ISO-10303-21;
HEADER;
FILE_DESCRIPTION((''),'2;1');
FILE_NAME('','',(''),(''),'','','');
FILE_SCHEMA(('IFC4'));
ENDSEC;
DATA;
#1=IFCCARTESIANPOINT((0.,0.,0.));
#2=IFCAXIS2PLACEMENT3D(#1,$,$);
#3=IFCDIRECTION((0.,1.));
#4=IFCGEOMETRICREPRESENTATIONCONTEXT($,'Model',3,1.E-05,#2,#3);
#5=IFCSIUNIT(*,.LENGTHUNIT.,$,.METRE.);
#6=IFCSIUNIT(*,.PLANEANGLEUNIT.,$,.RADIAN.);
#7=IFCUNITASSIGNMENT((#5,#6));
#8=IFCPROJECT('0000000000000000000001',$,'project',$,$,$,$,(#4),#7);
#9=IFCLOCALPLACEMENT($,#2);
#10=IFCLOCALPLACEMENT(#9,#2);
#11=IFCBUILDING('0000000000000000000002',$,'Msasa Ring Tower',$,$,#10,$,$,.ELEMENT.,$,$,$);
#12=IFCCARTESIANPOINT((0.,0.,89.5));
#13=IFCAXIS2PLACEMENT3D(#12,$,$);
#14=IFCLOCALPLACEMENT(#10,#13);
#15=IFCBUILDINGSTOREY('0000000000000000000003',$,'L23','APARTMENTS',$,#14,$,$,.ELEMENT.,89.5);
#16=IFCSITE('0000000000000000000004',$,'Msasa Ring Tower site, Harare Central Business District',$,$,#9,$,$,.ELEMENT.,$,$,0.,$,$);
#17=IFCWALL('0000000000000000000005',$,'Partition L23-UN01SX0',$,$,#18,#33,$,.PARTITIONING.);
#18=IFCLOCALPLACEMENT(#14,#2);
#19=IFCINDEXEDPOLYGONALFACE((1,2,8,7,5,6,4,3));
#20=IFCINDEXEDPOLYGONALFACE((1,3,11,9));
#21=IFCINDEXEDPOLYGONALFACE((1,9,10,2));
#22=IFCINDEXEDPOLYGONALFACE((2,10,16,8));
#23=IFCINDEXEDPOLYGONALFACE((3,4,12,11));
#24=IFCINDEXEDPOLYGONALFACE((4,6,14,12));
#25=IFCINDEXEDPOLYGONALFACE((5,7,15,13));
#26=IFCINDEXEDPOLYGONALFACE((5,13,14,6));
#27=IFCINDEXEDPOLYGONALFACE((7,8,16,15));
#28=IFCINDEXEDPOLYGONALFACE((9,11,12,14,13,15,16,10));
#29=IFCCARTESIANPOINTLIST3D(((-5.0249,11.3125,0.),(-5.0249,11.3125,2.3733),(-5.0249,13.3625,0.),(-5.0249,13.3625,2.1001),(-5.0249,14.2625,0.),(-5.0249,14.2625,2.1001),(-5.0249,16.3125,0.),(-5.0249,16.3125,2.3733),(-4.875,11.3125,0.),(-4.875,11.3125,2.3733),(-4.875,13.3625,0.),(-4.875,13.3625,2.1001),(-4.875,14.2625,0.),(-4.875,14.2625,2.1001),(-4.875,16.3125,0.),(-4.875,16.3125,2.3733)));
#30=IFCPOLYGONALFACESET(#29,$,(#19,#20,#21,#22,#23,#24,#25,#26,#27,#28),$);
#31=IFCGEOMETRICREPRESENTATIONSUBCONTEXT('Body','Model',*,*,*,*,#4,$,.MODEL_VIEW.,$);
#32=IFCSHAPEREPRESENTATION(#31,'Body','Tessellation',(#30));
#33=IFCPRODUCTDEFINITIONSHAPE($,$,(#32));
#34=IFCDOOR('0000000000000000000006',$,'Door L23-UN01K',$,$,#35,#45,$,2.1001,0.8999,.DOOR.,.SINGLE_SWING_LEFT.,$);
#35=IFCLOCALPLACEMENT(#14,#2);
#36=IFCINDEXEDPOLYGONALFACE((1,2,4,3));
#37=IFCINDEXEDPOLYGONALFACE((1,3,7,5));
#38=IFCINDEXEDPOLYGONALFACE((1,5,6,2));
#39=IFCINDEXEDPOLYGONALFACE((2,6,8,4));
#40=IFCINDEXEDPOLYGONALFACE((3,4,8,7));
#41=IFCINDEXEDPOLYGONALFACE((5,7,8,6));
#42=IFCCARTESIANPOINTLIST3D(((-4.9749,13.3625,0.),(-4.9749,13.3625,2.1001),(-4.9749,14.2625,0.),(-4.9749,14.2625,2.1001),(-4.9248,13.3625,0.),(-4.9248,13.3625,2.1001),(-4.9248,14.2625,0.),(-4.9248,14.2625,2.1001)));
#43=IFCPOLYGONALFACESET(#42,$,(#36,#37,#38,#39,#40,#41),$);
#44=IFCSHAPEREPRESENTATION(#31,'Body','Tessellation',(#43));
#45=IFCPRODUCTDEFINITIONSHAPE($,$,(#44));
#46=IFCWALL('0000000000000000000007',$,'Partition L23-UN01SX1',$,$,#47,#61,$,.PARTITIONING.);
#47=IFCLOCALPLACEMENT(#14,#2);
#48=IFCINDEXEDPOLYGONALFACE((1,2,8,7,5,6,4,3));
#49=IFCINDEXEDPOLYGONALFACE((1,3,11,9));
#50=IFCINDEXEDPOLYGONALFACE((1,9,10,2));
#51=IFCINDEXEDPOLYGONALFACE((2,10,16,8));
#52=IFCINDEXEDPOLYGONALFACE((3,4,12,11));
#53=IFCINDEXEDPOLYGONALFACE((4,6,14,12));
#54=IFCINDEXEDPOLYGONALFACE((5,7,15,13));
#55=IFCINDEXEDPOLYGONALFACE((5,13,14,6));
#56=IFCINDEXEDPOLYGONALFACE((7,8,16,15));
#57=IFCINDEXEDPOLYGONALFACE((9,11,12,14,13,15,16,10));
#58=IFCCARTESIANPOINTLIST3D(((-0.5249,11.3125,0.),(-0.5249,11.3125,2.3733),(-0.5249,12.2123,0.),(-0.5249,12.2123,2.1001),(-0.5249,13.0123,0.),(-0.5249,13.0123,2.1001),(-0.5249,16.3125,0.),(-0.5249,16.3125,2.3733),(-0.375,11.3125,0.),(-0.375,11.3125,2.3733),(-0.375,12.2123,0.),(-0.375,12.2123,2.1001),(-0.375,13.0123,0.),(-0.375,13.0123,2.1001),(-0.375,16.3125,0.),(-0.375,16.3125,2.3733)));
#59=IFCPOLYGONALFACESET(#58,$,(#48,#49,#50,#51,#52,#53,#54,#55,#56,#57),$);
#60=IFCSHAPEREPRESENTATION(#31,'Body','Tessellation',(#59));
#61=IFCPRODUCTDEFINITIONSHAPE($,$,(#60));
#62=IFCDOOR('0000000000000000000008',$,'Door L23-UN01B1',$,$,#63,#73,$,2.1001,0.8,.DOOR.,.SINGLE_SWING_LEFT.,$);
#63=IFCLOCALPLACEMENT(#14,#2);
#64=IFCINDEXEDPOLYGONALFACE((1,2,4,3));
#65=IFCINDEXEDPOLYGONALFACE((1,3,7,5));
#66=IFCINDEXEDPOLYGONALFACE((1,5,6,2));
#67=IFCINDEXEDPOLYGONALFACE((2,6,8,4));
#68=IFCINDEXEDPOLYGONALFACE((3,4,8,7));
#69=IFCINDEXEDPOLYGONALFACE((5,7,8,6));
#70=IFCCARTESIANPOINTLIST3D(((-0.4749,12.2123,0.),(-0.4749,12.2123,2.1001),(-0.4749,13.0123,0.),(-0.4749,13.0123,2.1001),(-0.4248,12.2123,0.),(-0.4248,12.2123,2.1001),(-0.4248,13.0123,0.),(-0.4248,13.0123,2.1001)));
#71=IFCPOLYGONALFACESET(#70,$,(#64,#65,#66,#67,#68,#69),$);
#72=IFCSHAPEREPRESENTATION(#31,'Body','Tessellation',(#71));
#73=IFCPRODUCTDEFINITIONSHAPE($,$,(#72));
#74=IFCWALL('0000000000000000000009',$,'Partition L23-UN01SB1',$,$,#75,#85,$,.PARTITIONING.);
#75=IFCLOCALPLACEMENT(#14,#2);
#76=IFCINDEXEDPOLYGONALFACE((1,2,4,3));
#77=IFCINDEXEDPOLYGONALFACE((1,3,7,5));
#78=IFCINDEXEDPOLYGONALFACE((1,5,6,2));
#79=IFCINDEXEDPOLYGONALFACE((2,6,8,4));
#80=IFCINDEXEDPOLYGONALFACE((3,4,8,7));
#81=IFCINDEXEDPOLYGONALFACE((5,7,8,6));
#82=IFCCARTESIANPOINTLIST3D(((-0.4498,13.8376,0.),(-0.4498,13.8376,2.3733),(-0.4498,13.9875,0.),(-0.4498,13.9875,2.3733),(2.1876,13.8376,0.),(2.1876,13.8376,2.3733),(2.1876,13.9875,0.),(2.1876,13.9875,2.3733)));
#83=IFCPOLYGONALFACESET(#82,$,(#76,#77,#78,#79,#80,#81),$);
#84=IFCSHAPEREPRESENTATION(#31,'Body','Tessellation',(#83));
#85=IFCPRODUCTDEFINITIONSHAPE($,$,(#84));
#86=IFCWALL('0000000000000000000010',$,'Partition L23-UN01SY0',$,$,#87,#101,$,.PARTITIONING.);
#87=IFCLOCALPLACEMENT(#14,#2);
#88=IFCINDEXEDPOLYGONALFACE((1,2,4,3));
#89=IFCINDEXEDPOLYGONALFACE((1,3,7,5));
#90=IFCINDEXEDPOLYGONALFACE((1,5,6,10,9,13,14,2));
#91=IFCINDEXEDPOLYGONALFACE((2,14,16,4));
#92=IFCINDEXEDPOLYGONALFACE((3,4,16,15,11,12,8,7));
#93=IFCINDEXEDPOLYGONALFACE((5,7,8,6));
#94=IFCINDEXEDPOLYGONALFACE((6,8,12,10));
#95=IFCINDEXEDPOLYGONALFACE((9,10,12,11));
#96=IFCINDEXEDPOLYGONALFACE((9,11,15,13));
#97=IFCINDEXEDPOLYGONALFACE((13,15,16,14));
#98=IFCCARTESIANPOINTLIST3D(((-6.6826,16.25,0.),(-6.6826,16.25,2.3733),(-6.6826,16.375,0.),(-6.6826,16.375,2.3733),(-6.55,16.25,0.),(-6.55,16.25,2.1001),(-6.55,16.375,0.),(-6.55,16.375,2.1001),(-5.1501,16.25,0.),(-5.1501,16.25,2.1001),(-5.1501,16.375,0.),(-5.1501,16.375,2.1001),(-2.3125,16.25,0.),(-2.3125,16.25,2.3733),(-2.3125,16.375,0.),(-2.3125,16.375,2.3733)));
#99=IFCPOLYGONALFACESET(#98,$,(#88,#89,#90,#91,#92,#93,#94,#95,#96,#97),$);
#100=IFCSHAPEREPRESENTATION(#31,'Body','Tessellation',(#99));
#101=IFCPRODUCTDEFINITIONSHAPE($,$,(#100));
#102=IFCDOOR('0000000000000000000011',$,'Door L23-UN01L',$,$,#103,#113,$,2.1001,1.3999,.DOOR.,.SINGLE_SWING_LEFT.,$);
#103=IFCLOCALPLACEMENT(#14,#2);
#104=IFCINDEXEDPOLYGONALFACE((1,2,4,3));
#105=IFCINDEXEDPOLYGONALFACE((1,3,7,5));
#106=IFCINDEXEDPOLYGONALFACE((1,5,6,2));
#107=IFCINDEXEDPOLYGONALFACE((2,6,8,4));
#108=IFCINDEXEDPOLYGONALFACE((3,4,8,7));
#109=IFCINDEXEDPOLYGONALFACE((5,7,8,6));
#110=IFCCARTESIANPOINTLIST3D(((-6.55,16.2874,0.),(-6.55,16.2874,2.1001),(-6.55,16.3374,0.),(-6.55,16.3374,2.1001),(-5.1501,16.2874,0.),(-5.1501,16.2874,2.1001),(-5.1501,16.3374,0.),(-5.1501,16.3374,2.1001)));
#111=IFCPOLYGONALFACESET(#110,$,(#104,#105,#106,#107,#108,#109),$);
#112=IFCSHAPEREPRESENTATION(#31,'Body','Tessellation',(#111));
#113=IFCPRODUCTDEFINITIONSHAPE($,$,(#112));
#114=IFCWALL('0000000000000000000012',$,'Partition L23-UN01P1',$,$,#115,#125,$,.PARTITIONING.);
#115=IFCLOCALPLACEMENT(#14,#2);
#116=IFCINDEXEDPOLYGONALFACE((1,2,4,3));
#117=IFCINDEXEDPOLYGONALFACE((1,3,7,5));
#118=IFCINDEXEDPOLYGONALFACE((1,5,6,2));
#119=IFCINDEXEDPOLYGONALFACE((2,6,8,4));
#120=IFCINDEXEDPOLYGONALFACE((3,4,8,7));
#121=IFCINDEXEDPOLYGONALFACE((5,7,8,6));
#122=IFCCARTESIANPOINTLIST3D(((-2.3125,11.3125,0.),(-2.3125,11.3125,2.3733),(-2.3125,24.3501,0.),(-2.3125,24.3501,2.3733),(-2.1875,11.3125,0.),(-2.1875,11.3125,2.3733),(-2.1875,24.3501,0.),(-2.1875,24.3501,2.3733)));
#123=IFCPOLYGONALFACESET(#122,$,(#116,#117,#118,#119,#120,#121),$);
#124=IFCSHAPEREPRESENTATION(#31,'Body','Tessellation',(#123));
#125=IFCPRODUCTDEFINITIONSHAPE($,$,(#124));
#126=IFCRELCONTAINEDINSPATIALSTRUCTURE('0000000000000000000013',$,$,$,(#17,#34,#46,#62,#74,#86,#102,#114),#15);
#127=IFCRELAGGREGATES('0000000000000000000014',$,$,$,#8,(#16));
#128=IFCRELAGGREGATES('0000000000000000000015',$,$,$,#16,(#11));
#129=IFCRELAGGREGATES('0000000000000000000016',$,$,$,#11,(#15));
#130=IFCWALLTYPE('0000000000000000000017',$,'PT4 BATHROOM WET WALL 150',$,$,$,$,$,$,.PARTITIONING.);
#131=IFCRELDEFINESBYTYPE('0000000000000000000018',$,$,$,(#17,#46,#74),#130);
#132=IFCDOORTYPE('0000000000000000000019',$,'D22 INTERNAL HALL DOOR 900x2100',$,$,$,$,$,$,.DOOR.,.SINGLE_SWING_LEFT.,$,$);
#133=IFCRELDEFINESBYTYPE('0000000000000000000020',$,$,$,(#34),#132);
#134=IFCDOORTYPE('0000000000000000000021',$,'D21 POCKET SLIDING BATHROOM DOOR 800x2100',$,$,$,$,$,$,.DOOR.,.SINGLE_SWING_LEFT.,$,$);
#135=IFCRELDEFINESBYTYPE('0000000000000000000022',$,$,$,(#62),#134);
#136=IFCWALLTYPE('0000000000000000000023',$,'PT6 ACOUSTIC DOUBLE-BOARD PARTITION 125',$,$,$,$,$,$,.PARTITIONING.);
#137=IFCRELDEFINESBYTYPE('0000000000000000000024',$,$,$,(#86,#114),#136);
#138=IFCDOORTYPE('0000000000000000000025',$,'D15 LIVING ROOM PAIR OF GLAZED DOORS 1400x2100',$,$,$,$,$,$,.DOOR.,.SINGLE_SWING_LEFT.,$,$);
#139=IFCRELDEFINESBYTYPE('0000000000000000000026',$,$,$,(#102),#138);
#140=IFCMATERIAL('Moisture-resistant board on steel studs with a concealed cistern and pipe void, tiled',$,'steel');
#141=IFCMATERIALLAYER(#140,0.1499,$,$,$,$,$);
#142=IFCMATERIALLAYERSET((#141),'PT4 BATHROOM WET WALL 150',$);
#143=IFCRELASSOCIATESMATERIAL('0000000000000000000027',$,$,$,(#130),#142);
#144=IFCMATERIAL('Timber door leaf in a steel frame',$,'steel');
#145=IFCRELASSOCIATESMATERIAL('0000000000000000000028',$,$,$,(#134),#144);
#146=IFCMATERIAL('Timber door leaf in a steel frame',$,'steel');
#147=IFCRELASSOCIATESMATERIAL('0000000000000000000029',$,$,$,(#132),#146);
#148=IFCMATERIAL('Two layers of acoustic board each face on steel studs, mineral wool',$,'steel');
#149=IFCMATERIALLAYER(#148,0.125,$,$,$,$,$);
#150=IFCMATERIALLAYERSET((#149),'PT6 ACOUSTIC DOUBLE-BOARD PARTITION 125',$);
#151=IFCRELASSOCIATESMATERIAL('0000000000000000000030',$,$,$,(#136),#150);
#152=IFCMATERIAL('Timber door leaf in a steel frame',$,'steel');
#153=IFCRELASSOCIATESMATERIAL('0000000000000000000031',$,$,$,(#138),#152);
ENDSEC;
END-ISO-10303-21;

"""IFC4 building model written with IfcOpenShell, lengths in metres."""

from ifc_helpers import new_model, si_unit, direction, frame, frame_2d, origin, place, context, subcontext, project, spatial, rectangle, extrude, material, layer, layer_set, type_object, element, fill, save


model = new_model("IFC4")

# Units and contexts
model_context = context("Model", 3, precision=1e-05, world=origin(), true_north=direction((0.0, 1.0)))
body_context = subcontext(model_context, "Body", "Model", "MODEL_VIEW")
ifc_project = project(units=[si_unit("LENGTHUNIT", "METRE"), si_unit("PLANEANGLEUNIT", "RADIAN")], contexts=[model_context])

# Site, building, storey
site_placement = place(None, origin())
site = spatial("IfcSite", under=ifc_project, at=site_placement, Name="Msasa Ring Tower site, Harare Central Business District", CompositionType="ELEMENT", RefElevation=0.0)
building_placement = place(site_placement, origin())
building = spatial("IfcBuilding", under=site, at=building_placement, Name="Msasa Ring Tower", CompositionType="ELEMENT")
storey_placement = place(building_placement, frame((0.0, 0.0, 89.5)))
storey = spatial("IfcBuildingStorey", under=building, at=storey_placement, Name="L23", Description="APARTMENTS", CompositionType="ELEMENT", Elevation=89.5)

# Shared definitions
ifc_material_1 = material(Name="Moisture-resistant board on steel studs with a concealed cistern and pipe void, tiled", Category="steel")
ifc_layer_1 = layer(ifc_material_1, 0.1499)
ifc_layer_set_1 = layer_set([ifc_layer_1], Name="PT4 BATHROOM WET WALL 150")
wall_type_1 = type_object("IfcWallType", Name="PT4 BATHROOM WET WALL 150", PredefinedType="PARTITIONING", material=ifc_layer_set_1)
ifc_material_2 = material(Name="Timber door leaf in a steel frame", Category="steel")
door_type_1 = type_object("IfcDoorType", Name="D21 POCKET SLIDING BATHROOM DOOR 800x2100", OperationType="SINGLE_SWING_LEFT", PredefinedType="DOOR", material=ifc_material_2)

# Walls, openings, doors
wall_1_placement = place(storey_placement, frame((-4.95, 11.3125, 0.0), z_axis=(0.0, 0.0, 1.0), x_axis=(0.0, 1.0, 0.0)))
wall_1 = element("IfcWall", 1, at=wall_1_placement, inside=storey, type_object=wall_type_1, Name="Partition L23-UN01SX0", PredefinedType="PARTITIONING", context=body_context, shape_type="SweptSolid", body=[
    extrude(rectangle(XDim=5.0, YDim=0.1499, at=frame_2d((2.5, 0.0))), origin(), (0.0, 0.0, 1.0), 2.3733),
])
opening_1_placement = place(wall_1_placement, frame((2.05, 0.0, 0.0)))
opening_1 = element("IfcOpeningElement", 2, at=opening_1_placement, cuts=wall_1, PredefinedType="OPENING", context=body_context, shape_type="SweptSolid", body=[
    extrude(rectangle(XDim=0.8999, YDim=2.1001, at=frame_2d((0.45, 1.05))), frame((0.0, 0.085, 0.0), z_axis=(0.0, -1.0, 0.0), x_axis=(1.0, 0.0, 0.0)), (0.0, 0.0, 1.0), 0.1699),
])
ifc_material_3 = material(Name="Timber door leaf in a steel frame", Category="steel")
door_type_2 = type_object("IfcDoorType", Name="D22 INTERNAL HALL DOOR 900x2100", OperationType="SINGLE_SWING_LEFT", PredefinedType="DOOR", material=ifc_material_3)
door_1_placement = place(opening_1_placement, origin())
door_1 = element("IfcDoor", 3, at=door_1_placement, inside=storey, type_object=door_type_2, Name="Door L23-UN01K", OperationType="SINGLE_SWING_LEFT", OverallHeight=2.1001, OverallWidth=0.8999, PredefinedType="DOOR", context=body_context, shape_type="SweptSolid", body=[
    extrude(rectangle(XDim=0.8999, YDim=2.1001, at=frame_2d((0.45, 1.05))), frame((0.0, 0.0249, 0.0), z_axis=(0.0, -1.0, 0.0), x_axis=(1.0, 0.0, 0.0)), (0.0, 0.0, 1.0), 0.05),
])
fill(opening_1, door_1)
wall_2_placement = place(storey_placement, frame((-0.45, 11.3125, 0.0), z_axis=(0.0, 0.0, 1.0), x_axis=(0.0, 1.0, 0.0)))
wall_2 = element("IfcWall", 4, at=wall_2_placement, inside=storey, type_object=wall_type_1, Name="Partition L23-UN01SX1", PredefinedType="PARTITIONING", context=body_context, shape_type="SweptSolid", body=[
    extrude(rectangle(XDim=5.0, YDim=0.1499, at=frame_2d((2.5, 0.0))), origin(), (0.0, 0.0, 1.0), 2.3733),
])
opening_2_placement = place(wall_2_placement, frame((0.8999, 0.0, 0.0)))
opening_2 = element("IfcOpeningElement", 5, at=opening_2_placement, cuts=wall_2, PredefinedType="OPENING", context=body_context, shape_type="SweptSolid", body=[
    extrude(rectangle(XDim=0.8, YDim=2.1001, at=frame_2d((0.3999, 1.05))), frame((0.0, 0.085, 0.0), z_axis=(0.0, -1.0, 0.0), x_axis=(1.0, 0.0, 0.0)), (0.0, 0.0, 1.0), 0.1699),
])
door_2_placement = place(opening_2_placement, origin())
door_2 = element("IfcDoor", 6, at=door_2_placement, inside=storey, type_object=door_type_1, Name="Door L23-UN01B1", OperationType="SINGLE_SWING_LEFT", OverallHeight=2.1001, OverallWidth=0.8, PredefinedType="DOOR", context=body_context, shape_type="SweptSolid", body=[
    extrude(rectangle(XDim=0.8, YDim=2.1001, at=frame_2d((0.3999, 1.05))), frame((0.0, 0.0249, 0.0), z_axis=(0.0, -1.0, 0.0), x_axis=(1.0, 0.0, 0.0)), (0.0, 0.0, 1.0), 0.05),
])
fill(opening_2, door_2)

# Wall
wall_3_placement = place(storey_placement, frame((-0.45, 13.9126, 0.0), z_axis=(0.0, 0.0, 1.0), x_axis=(1.0, 0.0, 0.0)))
element("IfcWall", 7, at=wall_3_placement, inside=storey, type_object=wall_type_1, Name="Partition L23-UN01SB1", PredefinedType="PARTITIONING", context=body_context, shape_type="SweptSolid", body=[
    extrude(rectangle(XDim=2.6375, YDim=0.1499, at=frame_2d((1.3188, 0.0))), origin(), (0.0, 0.0, 1.0), 2.3733),
])

# Wall, opening, door
ifc_material_4 = material(Name="Two layers of acoustic board each face on steel studs, mineral wool", Category="steel")
ifc_layer_2 = layer(ifc_material_4, 0.125)
ifc_layer_set_2 = layer_set([ifc_layer_2], Name="PT6 ACOUSTIC DOUBLE-BOARD PARTITION 125")
wall_type_2 = type_object("IfcWallType", Name="PT6 ACOUSTIC DOUBLE-BOARD PARTITION 125", PredefinedType="PARTITIONING", material=ifc_layer_set_2)
wall_4_placement = place(storey_placement, frame((-6.6826, 16.3125, 0.0), z_axis=(0.0, 0.0, 1.0), x_axis=(1.0, 0.0, 0.0)))
wall_4 = element("IfcWall", 8, at=wall_4_placement, inside=storey, type_object=wall_type_2, Name="Partition L23-UN01SY0", PredefinedType="PARTITIONING", context=body_context, shape_type="SweptSolid", body=[
    extrude(rectangle(XDim=4.3701, YDim=0.125, at=frame_2d((2.1851, 0.0))), origin(), (0.0, 0.0, 1.0), 2.3733),
])
opening_3_placement = place(wall_4_placement, frame((0.1326, 0.0, 0.0)))
opening_3 = element("IfcOpeningElement", 9, at=opening_3_placement, cuts=wall_4, PredefinedType="OPENING", context=body_context, shape_type="SweptSolid", body=[
    extrude(rectangle(XDim=1.3999, YDim=2.1001, at=frame_2d((0.7, 1.05))), frame((0.0, 0.0725, 0.0), z_axis=(0.0, -1.0, 0.0), x_axis=(1.0, 0.0, 0.0)), (0.0, 0.0, 1.0), 0.145),
])
ifc_material_5 = material(Name="Timber door leaf in a steel frame", Category="steel")
door_type_3 = type_object("IfcDoorType", Name="D15 LIVING ROOM PAIR OF GLAZED DOORS 1400x2100", OperationType="SINGLE_SWING_LEFT", PredefinedType="DOOR", material=ifc_material_5)
door_3_placement = place(opening_3_placement, origin())
door_3 = element("IfcDoor", 10, at=door_3_placement, inside=storey, type_object=door_type_3, Name="Door L23-UN01L", OperationType="SINGLE_SWING_LEFT", OverallHeight=2.1001, OverallWidth=1.3999, PredefinedType="DOOR", context=body_context, shape_type="SweptSolid", body=[
    extrude(rectangle(XDim=1.3999, YDim=2.1001, at=frame_2d((0.7, 1.05))), frame((0.0, 0.0249, 0.0), z_axis=(0.0, -1.0, 0.0), x_axis=(1.0, 0.0, 0.0)), (0.0, 0.0, 1.0), 0.05),
])
fill(opening_3, door_3)

# Wall
wall_5_placement = place(storey_placement, frame((-2.25, 11.3125, 0.0), z_axis=(0.0, 0.0, 1.0), x_axis=(0.0, 1.0, 0.0)))
element("IfcWall", 11, at=wall_5_placement, inside=storey, type_object=wall_type_2, Name="Partition L23-UN01P1", PredefinedType="PARTITIONING", context=body_context, shape_type="SweptSolid", body=[
    extrude(rectangle(XDim=13.0376, YDim=0.125, at=frame_2d((6.5188, 0.0))), origin(), (0.0, 0.0, 1.0), 2.3733),
])

save(model, "model.ifc")
